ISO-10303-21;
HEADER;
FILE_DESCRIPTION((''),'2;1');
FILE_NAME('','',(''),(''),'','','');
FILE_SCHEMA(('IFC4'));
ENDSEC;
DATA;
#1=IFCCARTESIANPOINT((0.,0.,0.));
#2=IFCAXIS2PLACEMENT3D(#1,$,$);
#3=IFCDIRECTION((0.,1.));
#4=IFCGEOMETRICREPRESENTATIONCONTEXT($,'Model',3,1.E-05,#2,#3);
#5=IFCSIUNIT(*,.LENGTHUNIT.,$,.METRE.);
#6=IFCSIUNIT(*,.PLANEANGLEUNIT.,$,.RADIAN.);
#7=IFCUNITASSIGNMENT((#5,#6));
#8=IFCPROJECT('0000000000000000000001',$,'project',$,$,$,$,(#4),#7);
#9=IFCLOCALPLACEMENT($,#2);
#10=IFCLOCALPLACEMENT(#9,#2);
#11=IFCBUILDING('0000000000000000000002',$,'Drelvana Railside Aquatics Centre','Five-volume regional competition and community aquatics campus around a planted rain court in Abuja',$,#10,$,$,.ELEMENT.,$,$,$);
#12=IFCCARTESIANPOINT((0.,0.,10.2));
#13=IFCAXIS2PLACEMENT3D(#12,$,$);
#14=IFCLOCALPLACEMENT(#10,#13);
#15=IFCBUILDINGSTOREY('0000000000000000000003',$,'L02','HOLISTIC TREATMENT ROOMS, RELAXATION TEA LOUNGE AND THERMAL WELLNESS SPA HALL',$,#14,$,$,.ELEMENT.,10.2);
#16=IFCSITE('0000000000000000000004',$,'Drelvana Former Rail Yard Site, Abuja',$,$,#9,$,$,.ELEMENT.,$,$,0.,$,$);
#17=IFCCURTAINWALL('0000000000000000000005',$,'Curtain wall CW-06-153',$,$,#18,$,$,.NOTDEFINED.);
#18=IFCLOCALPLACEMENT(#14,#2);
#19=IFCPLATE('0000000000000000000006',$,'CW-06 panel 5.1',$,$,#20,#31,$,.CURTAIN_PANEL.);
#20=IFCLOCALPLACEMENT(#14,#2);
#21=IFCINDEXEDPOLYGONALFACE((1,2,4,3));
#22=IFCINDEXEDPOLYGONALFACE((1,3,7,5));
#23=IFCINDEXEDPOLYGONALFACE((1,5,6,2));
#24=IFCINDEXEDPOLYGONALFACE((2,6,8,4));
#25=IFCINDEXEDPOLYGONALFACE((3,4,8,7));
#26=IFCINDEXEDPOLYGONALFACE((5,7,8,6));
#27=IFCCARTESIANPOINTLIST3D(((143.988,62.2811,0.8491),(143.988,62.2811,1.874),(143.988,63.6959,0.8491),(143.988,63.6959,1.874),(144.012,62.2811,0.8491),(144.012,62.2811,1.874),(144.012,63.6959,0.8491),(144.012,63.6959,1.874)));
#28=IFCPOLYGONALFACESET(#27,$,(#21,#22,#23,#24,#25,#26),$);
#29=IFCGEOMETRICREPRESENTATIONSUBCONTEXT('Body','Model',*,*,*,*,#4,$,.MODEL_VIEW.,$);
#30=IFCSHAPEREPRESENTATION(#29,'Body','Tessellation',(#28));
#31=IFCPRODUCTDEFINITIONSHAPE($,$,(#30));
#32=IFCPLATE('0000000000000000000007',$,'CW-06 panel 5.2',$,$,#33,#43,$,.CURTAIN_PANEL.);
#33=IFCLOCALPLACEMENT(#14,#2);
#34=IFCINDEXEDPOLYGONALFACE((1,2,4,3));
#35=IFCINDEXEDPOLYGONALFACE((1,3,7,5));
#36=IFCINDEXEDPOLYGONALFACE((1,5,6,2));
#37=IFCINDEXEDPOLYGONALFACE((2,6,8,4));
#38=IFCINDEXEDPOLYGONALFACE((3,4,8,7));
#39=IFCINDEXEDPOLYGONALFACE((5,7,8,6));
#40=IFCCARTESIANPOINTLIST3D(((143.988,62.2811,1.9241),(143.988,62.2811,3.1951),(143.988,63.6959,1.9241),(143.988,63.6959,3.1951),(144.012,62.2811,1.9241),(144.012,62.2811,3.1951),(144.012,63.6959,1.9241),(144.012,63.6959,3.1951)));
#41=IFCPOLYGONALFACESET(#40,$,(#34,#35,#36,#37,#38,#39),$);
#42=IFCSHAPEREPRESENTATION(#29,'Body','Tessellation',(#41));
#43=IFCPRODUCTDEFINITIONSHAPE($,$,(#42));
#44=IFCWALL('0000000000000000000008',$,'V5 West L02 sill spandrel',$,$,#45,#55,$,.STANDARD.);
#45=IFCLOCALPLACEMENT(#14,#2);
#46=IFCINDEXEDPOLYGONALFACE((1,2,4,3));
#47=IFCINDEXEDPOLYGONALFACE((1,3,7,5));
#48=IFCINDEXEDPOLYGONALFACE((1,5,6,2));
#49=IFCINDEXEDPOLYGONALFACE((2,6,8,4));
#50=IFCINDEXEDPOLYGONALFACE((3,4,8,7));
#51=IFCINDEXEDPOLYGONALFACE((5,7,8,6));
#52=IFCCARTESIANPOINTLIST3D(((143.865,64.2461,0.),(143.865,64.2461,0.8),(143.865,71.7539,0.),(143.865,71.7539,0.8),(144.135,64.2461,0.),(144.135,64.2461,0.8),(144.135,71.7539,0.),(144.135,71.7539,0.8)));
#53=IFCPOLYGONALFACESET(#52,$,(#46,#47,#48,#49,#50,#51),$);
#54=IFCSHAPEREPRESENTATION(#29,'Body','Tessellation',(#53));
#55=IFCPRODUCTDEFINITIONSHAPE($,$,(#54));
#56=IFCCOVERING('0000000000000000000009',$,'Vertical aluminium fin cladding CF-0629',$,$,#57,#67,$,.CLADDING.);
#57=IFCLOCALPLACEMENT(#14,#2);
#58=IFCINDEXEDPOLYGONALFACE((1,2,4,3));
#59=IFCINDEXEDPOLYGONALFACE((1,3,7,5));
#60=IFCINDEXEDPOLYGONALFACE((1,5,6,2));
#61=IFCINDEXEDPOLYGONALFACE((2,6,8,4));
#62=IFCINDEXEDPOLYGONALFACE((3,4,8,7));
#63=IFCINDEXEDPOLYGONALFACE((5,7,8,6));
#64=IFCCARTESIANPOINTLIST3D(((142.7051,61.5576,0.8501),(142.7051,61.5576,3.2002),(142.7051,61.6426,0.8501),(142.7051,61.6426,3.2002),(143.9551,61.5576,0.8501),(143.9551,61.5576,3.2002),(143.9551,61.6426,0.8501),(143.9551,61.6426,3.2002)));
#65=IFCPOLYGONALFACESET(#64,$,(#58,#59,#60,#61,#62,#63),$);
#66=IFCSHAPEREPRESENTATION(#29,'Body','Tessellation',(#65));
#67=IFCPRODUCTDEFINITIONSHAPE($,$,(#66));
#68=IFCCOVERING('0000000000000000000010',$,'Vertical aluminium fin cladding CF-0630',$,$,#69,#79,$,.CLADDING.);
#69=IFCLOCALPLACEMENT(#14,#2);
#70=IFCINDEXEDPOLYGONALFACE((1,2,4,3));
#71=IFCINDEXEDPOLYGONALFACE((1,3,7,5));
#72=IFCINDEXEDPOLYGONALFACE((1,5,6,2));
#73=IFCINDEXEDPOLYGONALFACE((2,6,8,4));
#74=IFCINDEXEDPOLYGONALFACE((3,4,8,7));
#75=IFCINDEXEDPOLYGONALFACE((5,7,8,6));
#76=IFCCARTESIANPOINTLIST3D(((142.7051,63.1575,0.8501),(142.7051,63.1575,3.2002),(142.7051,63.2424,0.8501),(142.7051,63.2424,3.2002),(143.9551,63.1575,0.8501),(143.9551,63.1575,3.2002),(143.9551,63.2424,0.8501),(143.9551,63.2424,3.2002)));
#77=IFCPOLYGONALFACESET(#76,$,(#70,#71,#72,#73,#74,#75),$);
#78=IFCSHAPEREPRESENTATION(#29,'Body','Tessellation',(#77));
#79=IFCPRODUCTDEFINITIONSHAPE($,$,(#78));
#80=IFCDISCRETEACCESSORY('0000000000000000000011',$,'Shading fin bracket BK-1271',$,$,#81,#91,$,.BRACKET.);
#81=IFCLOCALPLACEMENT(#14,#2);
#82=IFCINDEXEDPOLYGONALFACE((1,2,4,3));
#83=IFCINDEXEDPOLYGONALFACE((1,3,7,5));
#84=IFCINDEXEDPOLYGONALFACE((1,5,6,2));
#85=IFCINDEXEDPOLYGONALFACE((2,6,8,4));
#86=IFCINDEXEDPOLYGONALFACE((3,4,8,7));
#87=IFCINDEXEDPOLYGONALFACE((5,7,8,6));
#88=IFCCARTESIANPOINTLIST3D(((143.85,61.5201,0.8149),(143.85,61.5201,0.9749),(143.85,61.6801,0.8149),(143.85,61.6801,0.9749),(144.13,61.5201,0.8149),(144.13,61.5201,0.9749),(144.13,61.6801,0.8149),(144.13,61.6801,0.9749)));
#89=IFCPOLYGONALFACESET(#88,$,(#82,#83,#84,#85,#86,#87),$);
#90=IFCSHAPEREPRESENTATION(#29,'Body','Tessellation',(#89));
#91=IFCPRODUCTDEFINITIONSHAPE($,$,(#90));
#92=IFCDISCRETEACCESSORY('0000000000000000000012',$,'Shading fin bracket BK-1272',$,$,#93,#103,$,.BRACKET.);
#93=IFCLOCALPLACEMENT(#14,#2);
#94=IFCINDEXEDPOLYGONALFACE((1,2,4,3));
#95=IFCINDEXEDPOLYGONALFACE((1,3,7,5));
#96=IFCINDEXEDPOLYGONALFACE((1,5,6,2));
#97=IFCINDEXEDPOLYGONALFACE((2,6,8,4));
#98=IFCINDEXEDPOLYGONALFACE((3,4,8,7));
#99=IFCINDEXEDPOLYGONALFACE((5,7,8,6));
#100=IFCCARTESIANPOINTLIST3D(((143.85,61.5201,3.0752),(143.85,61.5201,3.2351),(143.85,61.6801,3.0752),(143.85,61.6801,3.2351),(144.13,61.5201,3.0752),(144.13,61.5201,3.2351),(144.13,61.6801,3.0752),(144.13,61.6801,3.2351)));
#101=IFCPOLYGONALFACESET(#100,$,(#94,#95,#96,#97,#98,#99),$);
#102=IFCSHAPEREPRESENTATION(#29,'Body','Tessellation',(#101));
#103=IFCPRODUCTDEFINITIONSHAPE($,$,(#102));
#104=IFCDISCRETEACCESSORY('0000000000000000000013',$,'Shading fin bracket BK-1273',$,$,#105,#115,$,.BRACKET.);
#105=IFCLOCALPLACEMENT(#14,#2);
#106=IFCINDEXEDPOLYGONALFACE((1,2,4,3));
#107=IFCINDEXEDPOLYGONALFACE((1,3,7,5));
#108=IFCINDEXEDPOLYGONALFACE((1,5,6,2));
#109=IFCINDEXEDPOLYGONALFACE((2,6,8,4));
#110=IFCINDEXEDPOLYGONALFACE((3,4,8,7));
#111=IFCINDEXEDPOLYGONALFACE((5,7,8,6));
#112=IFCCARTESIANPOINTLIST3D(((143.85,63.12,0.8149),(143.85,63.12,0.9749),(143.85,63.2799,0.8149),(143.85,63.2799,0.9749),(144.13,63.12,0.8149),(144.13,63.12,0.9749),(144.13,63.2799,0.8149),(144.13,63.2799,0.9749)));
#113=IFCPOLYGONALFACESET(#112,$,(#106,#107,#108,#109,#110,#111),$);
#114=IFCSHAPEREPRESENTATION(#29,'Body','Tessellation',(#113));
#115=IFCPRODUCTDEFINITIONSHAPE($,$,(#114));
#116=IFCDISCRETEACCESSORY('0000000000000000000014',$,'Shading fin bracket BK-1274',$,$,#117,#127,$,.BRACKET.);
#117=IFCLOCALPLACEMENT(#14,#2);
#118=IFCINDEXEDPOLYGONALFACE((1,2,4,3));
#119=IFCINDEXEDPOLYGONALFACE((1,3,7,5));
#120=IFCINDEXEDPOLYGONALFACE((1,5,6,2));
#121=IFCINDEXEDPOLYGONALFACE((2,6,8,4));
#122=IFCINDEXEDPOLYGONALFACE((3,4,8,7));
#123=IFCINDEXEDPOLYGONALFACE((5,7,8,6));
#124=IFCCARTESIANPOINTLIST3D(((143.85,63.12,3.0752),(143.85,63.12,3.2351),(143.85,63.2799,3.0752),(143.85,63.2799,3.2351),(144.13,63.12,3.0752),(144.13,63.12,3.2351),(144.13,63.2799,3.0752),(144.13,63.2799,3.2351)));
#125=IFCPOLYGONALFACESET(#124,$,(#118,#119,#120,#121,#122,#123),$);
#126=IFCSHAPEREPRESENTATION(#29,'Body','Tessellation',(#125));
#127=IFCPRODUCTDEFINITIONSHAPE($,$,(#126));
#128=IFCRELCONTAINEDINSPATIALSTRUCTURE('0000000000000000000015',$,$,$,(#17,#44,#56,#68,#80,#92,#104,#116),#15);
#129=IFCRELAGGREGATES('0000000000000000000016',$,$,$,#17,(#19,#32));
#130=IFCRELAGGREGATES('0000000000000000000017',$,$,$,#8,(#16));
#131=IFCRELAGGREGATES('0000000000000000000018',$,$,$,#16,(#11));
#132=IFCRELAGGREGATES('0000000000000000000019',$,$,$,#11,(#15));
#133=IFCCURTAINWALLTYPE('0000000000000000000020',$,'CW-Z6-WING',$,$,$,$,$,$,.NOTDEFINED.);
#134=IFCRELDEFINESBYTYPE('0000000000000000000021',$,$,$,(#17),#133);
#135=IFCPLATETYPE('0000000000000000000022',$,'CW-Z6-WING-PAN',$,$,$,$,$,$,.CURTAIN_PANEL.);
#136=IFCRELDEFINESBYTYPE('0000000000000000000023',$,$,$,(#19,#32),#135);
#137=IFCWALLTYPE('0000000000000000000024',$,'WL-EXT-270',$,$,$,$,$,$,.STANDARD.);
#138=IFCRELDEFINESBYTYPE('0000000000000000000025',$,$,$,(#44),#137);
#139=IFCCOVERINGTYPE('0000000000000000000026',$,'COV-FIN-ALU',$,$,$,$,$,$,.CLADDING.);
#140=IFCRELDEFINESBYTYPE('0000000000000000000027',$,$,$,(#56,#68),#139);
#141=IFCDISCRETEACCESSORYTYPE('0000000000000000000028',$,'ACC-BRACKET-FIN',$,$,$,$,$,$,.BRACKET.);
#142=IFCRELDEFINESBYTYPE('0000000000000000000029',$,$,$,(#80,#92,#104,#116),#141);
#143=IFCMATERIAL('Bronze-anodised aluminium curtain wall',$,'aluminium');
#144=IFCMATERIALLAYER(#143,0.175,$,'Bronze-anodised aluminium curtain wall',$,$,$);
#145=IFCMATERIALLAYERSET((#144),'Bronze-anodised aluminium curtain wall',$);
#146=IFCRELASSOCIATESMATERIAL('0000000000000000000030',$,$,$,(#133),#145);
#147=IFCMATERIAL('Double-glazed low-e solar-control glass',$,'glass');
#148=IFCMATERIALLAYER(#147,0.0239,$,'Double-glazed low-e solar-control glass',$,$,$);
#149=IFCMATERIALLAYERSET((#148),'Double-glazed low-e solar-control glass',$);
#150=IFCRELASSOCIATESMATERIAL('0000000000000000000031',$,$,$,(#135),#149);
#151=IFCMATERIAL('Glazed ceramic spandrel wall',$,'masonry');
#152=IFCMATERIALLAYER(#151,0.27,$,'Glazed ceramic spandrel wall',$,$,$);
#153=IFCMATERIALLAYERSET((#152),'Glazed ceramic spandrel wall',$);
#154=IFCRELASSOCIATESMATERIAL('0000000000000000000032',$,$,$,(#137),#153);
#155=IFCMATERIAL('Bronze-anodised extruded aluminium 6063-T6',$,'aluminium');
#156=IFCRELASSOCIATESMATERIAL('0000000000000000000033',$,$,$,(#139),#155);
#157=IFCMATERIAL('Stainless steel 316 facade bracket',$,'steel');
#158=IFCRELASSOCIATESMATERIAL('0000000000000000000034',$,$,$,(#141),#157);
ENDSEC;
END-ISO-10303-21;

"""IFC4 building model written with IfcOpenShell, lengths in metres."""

from ifc_helpers import new_model, si_unit, direction, frame, frame_2d, origin, origin_2d, place, context, subcontext, project, spatial, rectangle, extrude, material, layer, layer_set, type_object, element, aggregate, save


model = new_model("IFC4")

# Units and contexts
model_context = context("Model", 3, precision=1e-05, world=origin(), true_north=direction((0.0, 1.0)))
body_context = subcontext(model_context, "Body", "Model", "MODEL_VIEW")
ifc_project = project(units=[si_unit("LENGTHUNIT", "METRE"), si_unit("PLANEANGLEUNIT", "RADIAN")], contexts=[model_context])

# Site, building, storey
site_placement = place(None, origin())
site = spatial("IfcSite", under=ifc_project, at=site_placement, Name="Drelvana Former Rail Yard Site, Abuja", CompositionType="ELEMENT", RefElevation=0.0)
building_placement = place(site_placement, origin())
building = spatial("IfcBuilding", under=site, at=building_placement, Name="Drelvana Railside Aquatics Centre", Description="Five-volume regional competition and community aquatics campus around a planted rain court in Abuja", CompositionType="ELEMENT")
storey_placement = place(building_placement, frame((0.0, 0.0, 10.2)))
storey = spatial("IfcBuildingStorey", under=building, at=storey_placement, Name="L02", Description="HOLISTIC TREATMENT ROOMS, RELAXATION TEA LOUNGE AND THERMAL WELLNESS SPA HALL", CompositionType="ELEMENT", Elevation=10.2)

# Curtain wall, plates
ifc_material_1 = material(Name="Bronze-anodised aluminium curtain wall", Category="aluminium")
ifc_layer_1 = layer(ifc_material_1, 0.175, Name="Bronze-anodised aluminium curtain wall")
ifc_layer_set_1 = layer_set([ifc_layer_1], Name="Bronze-anodised aluminium curtain wall")
curtain_wall_type = type_object("IfcCurtainWallType", Name="CW-Z6-WING", PredefinedType="NOTDEFINED", material=ifc_layer_set_1)
curtain_wall_placement = place(storey_placement, origin())
curtain_wall = element("IfcCurtainWall", 1, at=curtain_wall_placement, inside=storey, type_object=curtain_wall_type, Name="Curtain wall CW-06-153", PredefinedType="NOTDEFINED")
ifc_material_2 = material(Name="Double-glazed low-e solar-control glass", Category="glass")
ifc_layer_2 = layer(ifc_material_2, 0.0239, Name="Double-glazed low-e solar-control glass")
ifc_layer_set_2 = layer_set([ifc_layer_2], Name="Double-glazed low-e solar-control glass")
plate_type = type_object("IfcPlateType", Name="CW-Z6-WING-PAN", PredefinedType="CURTAIN_PANEL", material=ifc_layer_set_2)
plate_1_placement = place(storey_placement, frame((144.0, 62.9885, 0.8491), z_axis=(0.0, 0.0, 1.0), x_axis=(0.0, 1.0, 0.0)))
plate_1 = element("IfcPlate", 2, at=plate_1_placement, type_object=plate_type, Name="CW-06 panel 5.1", PredefinedType="CURTAIN_PANEL", context=body_context, shape_type="SweptSolid", body=[
    extrude(rectangle(XDim=1.4148, YDim=0.0239, at=origin_2d()), origin(), (0.0, 0.0, 1.0), 1.0249),
])
plate_2_placement = place(storey_placement, frame((144.0, 62.9885, 1.9241), z_axis=(0.0, 0.0, 1.0), x_axis=(0.0, 1.0, 0.0)))
plate_2 = element("IfcPlate", 3, at=plate_2_placement, type_object=plate_type, Name="CW-06 panel 5.2", PredefinedType="CURTAIN_PANEL", context=body_context, shape_type="SweptSolid", body=[
    extrude(rectangle(XDim=1.4148, YDim=0.0239, at=origin_2d()), origin(), (0.0, 0.0, 1.0), 1.271),
])
aggregate(curtain_wall, [plate_1, plate_2])

# Wall
ifc_material_3 = material(Name="Glazed ceramic spandrel wall", Category="masonry")
ifc_layer_3 = layer(ifc_material_3, 0.27, Name="Glazed ceramic spandrel wall")
ifc_layer_set_3 = layer_set([ifc_layer_3], Name="Glazed ceramic spandrel wall")
wall_type = type_object("IfcWallType", Name="WL-EXT-270", PredefinedType="STANDARD", material=ifc_layer_set_3)
wall_placement = place(storey_placement, frame((144.0, 64.2461, 0.0), z_axis=(0.0, 0.0, 1.0), x_axis=(0.0, 1.0, 0.0)))
element("IfcWall", 4, at=wall_placement, inside=storey, type_object=wall_type, Name="V5 West L02 sill spandrel", PredefinedType="STANDARD", context=body_context, shape_type="SweptSolid", body=[
    extrude(rectangle(XDim=7.5078, YDim=0.27, at=frame_2d((3.7539, 0.0))), origin(), (0.0, 0.0, 1.0), 0.8),
])

# Coverings
ifc_material_4 = material(Name="Bronze-anodised extruded aluminium 6063-T6", Category="aluminium")
covering_type = type_object("IfcCoveringType", Name="COV-FIN-ALU", PredefinedType="CLADDING", material=ifc_material_4)
for number, where, z_axis, x_axis, name in (
    (5, (143.3301, 61.6001, 0.8501), (0.0, 0.0, 1.0), (0.0, 1.0, 0.0), "Vertical aluminium fin cladding CF-0629"),
    (6, (143.3301, 63.2, 0.8501), (0.0, 0.0, 1.0), (0.0, 1.0, 0.0), "Vertical aluminium fin cladding CF-0630"),
):
    element("IfcCovering", number, at=place(storey_placement, frame(where, z_axis=z_axis, x_axis=x_axis)), inside=storey, type_object=covering_type, Name=name, PredefinedType="CLADDING", context=body_context, shape_type="SweptSolid", body=[
        extrude(rectangle(XDim=0.085, YDim=1.25, at=origin_2d()), origin(), (0.0, 0.0, 1.0), 2.3501),
    ])

# Discrete accessories
ifc_material_5 = material(Name="Stainless steel 316 facade bracket", Category="steel")
discrete_accessory_type = type_object("IfcDiscreteAccessoryType", Name="ACC-BRACKET-FIN", PredefinedType="BRACKET", material=ifc_material_5)
for number, where, z_axis, x_axis, name in (
    (7, (143.99, 61.6001, 0.8149), (0.0, 0.0, 1.0), (-1.0, 0.0, 0.0), "Shading fin bracket BK-1271"),
    (8, (143.99, 61.6001, 3.0752), (0.0, 0.0, 1.0), (-1.0, 0.0, 0.0), "Shading fin bracket BK-1272"),
    (9, (143.99, 63.2, 0.8149), (0.0, 0.0, 1.0), (-1.0, 0.0, 0.0), "Shading fin bracket BK-1273"),
    (10, (143.99, 63.2, 3.0752), (0.0, 0.0, 1.0), (-1.0, 0.0, 0.0), "Shading fin bracket BK-1274"),
):
    element("IfcDiscreteAccessory", number, at=place(storey_placement, frame(where, z_axis=z_axis, x_axis=x_axis)), inside=storey, type_object=discrete_accessory_type, Name=name, PredefinedType="BRACKET", context=body_context, shape_type="SweptSolid", body=[
        extrude(rectangle(XDim=0.28, YDim=0.1599, at=origin_2d()), origin(), (0.0, 0.0, 1.0), 0.1599),
    ])

save(model, "model.ifc")
